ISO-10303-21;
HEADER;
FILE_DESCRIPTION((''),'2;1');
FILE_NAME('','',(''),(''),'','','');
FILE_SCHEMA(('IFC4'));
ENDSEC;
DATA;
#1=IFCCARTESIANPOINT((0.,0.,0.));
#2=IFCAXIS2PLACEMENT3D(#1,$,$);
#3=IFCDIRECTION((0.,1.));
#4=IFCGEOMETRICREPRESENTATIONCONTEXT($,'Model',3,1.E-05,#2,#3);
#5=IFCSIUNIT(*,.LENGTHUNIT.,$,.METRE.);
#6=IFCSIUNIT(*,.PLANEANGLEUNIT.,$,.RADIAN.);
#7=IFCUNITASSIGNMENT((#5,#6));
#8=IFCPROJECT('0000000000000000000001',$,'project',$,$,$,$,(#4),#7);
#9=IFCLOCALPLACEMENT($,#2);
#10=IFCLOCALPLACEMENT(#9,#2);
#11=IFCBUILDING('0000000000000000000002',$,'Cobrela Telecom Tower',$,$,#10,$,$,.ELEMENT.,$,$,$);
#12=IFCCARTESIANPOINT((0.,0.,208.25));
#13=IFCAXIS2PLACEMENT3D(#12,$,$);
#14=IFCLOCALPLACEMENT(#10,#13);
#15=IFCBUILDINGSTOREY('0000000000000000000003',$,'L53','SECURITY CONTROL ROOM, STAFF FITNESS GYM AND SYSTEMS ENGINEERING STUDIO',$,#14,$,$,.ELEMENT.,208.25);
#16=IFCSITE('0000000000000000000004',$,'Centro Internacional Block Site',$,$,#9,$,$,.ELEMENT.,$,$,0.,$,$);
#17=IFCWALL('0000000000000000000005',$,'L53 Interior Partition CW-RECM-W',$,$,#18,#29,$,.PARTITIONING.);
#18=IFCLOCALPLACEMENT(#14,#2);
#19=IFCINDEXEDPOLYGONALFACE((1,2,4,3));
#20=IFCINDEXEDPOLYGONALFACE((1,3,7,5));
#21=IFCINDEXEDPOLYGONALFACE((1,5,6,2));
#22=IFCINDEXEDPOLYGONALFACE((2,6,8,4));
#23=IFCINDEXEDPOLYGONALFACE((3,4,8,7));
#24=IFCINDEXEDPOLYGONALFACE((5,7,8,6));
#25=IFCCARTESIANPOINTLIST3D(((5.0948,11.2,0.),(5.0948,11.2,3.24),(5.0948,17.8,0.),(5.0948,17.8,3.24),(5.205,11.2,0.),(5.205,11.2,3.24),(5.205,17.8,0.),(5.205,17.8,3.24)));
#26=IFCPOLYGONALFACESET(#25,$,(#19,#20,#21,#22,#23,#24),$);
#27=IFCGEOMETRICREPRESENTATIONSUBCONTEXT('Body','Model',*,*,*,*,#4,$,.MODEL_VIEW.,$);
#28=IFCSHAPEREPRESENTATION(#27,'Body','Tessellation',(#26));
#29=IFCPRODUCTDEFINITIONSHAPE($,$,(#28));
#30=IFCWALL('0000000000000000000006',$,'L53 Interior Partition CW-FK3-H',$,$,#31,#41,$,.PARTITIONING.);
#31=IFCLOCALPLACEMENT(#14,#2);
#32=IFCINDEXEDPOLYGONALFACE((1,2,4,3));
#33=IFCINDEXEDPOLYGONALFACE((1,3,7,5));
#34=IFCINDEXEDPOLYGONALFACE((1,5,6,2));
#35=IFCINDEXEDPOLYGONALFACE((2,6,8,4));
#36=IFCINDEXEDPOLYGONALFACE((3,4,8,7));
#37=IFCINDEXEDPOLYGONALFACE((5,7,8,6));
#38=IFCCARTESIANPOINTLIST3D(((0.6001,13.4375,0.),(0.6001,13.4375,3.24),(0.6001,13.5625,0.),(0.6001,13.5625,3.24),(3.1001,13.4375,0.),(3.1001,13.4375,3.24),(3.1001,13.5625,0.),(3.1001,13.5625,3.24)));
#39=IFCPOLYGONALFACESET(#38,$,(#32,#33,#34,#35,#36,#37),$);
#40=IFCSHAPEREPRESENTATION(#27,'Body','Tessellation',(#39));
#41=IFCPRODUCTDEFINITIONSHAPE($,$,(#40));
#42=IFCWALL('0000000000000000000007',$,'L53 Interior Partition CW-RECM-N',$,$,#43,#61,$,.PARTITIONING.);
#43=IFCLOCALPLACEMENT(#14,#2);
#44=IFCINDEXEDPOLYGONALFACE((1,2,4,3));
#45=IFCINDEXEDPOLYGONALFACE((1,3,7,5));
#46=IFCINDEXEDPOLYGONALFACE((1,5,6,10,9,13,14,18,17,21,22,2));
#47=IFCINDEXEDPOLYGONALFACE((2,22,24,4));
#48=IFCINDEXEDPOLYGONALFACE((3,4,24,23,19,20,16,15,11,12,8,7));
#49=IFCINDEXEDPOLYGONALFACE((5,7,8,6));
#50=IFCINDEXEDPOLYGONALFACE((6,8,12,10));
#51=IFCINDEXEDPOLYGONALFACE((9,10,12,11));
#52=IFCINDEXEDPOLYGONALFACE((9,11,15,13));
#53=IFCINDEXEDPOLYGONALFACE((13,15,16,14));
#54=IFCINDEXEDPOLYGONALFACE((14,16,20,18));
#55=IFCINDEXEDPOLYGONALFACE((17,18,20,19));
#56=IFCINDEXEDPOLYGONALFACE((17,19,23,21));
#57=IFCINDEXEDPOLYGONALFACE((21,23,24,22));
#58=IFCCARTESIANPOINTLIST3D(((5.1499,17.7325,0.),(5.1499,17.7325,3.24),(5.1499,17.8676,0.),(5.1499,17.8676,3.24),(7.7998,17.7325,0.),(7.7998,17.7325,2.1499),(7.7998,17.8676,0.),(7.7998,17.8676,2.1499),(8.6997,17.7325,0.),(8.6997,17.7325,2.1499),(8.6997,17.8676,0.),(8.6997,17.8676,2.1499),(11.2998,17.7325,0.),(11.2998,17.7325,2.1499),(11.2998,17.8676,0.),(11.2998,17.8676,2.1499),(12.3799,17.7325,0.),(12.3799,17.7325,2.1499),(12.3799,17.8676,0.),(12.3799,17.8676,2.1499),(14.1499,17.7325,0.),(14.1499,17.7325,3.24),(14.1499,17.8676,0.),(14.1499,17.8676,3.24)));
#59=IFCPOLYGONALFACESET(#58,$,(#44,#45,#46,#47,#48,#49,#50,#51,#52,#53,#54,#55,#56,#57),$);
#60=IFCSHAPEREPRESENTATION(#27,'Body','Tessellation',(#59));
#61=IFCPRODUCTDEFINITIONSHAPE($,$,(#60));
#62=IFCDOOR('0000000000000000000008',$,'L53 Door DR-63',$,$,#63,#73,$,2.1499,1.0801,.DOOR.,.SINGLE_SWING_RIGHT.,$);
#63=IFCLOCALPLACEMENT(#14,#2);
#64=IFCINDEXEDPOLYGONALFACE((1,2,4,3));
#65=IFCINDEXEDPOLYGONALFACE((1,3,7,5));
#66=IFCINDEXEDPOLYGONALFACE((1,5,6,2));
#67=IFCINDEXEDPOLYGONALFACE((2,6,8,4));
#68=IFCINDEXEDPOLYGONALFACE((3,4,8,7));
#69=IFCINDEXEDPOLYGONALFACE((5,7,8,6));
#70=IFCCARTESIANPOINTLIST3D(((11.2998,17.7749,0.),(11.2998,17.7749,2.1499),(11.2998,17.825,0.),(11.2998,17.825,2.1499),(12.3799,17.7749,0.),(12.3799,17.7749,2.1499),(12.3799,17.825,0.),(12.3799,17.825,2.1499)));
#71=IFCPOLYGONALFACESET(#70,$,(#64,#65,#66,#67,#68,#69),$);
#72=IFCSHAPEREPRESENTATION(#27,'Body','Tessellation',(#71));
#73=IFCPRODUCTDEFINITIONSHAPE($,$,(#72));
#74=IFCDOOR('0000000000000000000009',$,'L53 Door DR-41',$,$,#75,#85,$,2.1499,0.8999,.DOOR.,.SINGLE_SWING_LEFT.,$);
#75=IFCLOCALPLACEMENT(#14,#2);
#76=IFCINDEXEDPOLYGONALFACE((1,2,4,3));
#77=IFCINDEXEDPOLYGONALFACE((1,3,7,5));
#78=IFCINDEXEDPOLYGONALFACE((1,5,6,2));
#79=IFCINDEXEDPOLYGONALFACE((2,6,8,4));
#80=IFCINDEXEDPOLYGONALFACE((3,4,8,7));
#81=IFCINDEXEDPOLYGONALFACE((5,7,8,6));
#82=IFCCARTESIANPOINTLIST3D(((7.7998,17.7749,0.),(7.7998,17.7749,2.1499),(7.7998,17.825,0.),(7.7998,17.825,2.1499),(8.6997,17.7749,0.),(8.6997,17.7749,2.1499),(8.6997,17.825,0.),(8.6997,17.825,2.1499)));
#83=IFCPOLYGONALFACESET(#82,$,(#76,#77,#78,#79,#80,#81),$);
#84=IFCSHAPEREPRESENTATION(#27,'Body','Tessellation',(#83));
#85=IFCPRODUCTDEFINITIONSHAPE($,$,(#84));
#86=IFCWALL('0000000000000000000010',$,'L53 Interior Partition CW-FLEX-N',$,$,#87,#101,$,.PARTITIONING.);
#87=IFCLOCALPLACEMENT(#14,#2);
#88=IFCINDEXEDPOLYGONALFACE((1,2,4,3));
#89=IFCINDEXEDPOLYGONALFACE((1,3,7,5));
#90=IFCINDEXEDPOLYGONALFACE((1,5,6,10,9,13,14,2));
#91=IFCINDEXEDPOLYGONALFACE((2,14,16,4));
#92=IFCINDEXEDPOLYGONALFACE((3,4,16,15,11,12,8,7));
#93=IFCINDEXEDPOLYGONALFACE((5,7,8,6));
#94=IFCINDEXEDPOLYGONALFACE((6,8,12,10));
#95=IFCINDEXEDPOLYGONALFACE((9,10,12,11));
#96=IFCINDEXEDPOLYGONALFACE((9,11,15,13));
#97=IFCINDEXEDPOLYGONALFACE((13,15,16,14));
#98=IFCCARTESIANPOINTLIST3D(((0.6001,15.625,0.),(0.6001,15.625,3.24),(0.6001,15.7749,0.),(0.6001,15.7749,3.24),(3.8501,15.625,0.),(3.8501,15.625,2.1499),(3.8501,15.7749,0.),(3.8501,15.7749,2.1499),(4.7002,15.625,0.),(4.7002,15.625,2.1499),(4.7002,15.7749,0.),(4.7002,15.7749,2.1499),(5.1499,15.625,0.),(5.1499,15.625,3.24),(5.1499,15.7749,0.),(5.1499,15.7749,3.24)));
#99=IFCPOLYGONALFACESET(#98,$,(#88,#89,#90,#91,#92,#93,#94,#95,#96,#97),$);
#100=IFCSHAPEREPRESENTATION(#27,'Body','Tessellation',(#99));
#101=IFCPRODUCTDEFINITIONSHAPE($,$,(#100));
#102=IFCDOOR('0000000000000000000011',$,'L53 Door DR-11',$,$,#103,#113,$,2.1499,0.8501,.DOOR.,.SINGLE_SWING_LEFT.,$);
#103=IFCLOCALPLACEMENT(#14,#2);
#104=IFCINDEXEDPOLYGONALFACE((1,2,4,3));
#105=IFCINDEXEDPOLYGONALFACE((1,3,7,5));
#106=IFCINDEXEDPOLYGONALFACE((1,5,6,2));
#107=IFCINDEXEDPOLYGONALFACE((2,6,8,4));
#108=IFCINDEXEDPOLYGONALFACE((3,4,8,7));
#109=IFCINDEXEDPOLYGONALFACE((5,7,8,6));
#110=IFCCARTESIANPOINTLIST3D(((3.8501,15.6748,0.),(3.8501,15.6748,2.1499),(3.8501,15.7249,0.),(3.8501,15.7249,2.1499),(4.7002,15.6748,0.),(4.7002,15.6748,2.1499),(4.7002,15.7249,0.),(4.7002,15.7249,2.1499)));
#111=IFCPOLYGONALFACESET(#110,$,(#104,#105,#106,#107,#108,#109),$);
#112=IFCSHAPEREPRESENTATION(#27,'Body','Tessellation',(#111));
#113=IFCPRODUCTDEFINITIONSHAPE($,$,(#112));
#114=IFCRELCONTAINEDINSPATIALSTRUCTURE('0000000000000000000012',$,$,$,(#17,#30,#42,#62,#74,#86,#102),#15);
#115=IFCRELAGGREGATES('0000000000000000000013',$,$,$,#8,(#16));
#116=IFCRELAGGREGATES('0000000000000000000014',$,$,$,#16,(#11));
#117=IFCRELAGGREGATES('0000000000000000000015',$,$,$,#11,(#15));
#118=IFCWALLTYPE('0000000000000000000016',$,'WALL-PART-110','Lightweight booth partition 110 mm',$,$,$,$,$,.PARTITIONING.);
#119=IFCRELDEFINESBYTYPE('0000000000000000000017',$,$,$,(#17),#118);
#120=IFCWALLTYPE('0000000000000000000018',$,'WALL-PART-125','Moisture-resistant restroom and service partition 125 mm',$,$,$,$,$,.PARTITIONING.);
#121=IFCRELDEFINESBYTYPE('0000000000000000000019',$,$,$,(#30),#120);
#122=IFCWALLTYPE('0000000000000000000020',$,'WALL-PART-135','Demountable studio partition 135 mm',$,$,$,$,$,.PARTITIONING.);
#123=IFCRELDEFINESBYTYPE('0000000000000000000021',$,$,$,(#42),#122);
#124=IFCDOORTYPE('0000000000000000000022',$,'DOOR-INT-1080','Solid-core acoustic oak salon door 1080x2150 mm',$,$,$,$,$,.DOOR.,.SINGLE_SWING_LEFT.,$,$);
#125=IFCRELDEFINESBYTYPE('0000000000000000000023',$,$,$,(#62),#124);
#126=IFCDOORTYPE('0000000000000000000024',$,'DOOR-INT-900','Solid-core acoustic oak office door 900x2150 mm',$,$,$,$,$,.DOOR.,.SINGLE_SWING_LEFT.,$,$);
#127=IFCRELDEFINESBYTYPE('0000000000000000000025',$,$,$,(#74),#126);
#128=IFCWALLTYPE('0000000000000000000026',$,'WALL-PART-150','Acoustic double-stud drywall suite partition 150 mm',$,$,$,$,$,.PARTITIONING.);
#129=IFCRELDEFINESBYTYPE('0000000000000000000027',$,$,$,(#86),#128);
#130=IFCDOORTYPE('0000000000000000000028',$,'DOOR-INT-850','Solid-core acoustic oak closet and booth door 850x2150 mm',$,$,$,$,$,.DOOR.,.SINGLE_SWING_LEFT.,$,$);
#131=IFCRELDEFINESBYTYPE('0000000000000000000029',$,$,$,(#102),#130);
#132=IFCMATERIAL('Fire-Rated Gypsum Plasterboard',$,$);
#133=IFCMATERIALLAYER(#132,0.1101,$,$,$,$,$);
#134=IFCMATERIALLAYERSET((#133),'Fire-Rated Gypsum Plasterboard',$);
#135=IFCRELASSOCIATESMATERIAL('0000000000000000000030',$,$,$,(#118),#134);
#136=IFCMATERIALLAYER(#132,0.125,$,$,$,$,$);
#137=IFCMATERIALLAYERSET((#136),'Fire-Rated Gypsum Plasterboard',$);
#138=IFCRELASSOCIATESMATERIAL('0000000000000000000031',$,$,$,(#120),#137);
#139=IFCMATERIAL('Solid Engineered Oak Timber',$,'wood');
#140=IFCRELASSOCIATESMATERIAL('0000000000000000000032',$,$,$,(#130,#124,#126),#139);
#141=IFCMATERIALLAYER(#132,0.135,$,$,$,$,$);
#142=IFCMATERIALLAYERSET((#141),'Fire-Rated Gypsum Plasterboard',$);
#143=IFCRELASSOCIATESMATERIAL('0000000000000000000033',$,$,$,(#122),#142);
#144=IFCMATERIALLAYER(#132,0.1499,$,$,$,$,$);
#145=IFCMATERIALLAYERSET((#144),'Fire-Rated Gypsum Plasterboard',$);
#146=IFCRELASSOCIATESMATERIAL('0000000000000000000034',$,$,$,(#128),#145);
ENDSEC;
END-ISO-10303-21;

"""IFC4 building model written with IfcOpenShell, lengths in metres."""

from ifc_helpers import new_model, si_unit, direction, frame, frame_2d, origin, place, context, subcontext, project, spatial, rectangle, extrude, material, layer, layer_set, type_object, element, fill, save


model = new_model("IFC4")

# Units and contexts
model_context = context("Model", 3, precision=1e-05, world=origin(), true_north=direction((0.0, 1.0)))
body_context = subcontext(model_context, "Body", "Model", "MODEL_VIEW")
ifc_project = project(units=[si_unit("LENGTHUNIT", "METRE"), si_unit("PLANEANGLEUNIT", "RADIAN")], contexts=[model_context])

# Site, building, storey
site_placement = place(None, origin())
site = spatial("IfcSite", under=ifc_project, at=site_placement, Name="Centro Internacional Block Site", CompositionType="ELEMENT", RefElevation=0.0)
building_placement = place(site_placement, origin())
building = spatial("IfcBuilding", under=site, at=building_placement, Name="Cobrela Telecom Tower", CompositionType="ELEMENT")
storey_placement = place(building_placement, frame((0.0, 0.0, 208.25)))
storey = spatial("IfcBuildingStorey", under=building, at=storey_placement, Name="L53", Description="SECURITY CONTROL ROOM, STAFF FITNESS GYM AND SYSTEMS ENGINEERING STUDIO", CompositionType="ELEMENT", Elevation=208.25)

# Walls
ifc_material_1 = material(Name="Fire-Rated Gypsum Plasterboard")
ifc_layer_1 = layer(ifc_material_1, 0.1101)
ifc_layer_set_1 = layer_set([ifc_layer_1], Name="Fire-Rated Gypsum Plasterboard")
wall_type_1 = type_object("IfcWallType", Name="WALL-PART-110", Description="Lightweight booth partition 110 mm", PredefinedType="PARTITIONING", material=ifc_layer_set_1)
wall_1_placement = place(storey_placement, frame((5.1499, 11.2, 0.0), z_axis=(0.0, 0.0, 1.0), x_axis=(0.0, 1.0, 0.0)))
element("IfcWall", 1, at=wall_1_placement, inside=storey, type_object=wall_type_1, Name="L53 Interior Partition CW-RECM-W", PredefinedType="PARTITIONING", context=body_context, shape_type="SweptSolid", body=[
    extrude(rectangle(XDim=6.6001, YDim=0.1101, at=frame_2d((3.3, 0.0))), origin(), (0.0, 0.0, 1.0), 3.24),
])
ifc_layer_2 = layer(ifc_material_1, 0.125)
ifc_layer_set_2 = layer_set([ifc_layer_2], Name="Fire-Rated Gypsum Plasterboard")
wall_type_2 = type_object("IfcWallType", Name="WALL-PART-125", Description="Moisture-resistant restroom and service partition 125 mm", PredefinedType="PARTITIONING", material=ifc_layer_set_2)
wall_2_placement = place(storey_placement, frame((0.6001, 13.5, 0.0), z_axis=(0.0, 0.0, 1.0), x_axis=(1.0, 0.0, 0.0)))
element("IfcWall", 2, at=wall_2_placement, inside=storey, type_object=wall_type_2, Name="L53 Interior Partition CW-FK3-H", PredefinedType="PARTITIONING", context=body_context, shape_type="SweptSolid", body=[
    extrude(rectangle(XDim=2.5, YDim=0.125, at=frame_2d((1.25, 0.0))), origin(), (0.0, 0.0, 1.0), 3.24),
])

# Wall, openings, doors
ifc_material_2 = material(Name="Solid Engineered Oak Timber", Category="wood")
door_type_1 = type_object("IfcDoorType", Name="DOOR-INT-850", Description="Solid-core acoustic oak closet and booth door 850x2150 mm", OperationType="SINGLE_SWING_LEFT", PredefinedType="DOOR", material=ifc_material_2)
ifc_layer_3 = layer(ifc_material_1, 0.135)
ifc_layer_set_3 = layer_set([ifc_layer_3], Name="Fire-Rated Gypsum Plasterboard")
wall_type_3 = type_object("IfcWallType", Name="WALL-PART-135", Description="Demountable studio partition 135 mm", PredefinedType="PARTITIONING", material=ifc_layer_set_3)
wall_3_placement = place(storey_placement, frame((5.1499, 17.8, 0.0), z_axis=(0.0, 0.0, 1.0), x_axis=(1.0, 0.0, 0.0)))
wall_3 = element("IfcWall", 3, at=wall_3_placement, inside=storey, type_object=wall_type_3, Name="L53 Interior Partition CW-RECM-N", PredefinedType="PARTITIONING", context=body_context, shape_type="SweptSolid", body=[
    extrude(rectangle(XDim=9.0, YDim=0.135, at=frame_2d((4.5, 0.0))), origin(), (0.0, 0.0, 1.0), 3.24),
])
opening_1_placement = place(wall_3_placement, frame((2.6499, 0.0, 0.0)))
opening_1 = element("IfcOpeningElement", 4, at=opening_1_placement, cuts=wall_3, PredefinedType="OPENING", context=body_context, shape_type="SweptSolid", body=[
    extrude(rectangle(XDim=0.8999, YDim=2.1499, at=frame_2d((0.45, 1.075))), frame((0.0, 0.0796, 0.0), z_axis=(0.0, -1.0, 0.0), x_axis=(1.0, 0.0, 0.0)), (0.0, 0.0, 1.0), 0.1589),
])
opening_2_placement = place(wall_3_placement, frame((6.1499, 0.0, 0.0)))
opening_2 = element("IfcOpeningElement", 5, at=opening_2_placement, cuts=wall_3, PredefinedType="OPENING", context=body_context, shape_type="SweptSolid", body=[
    extrude(rectangle(XDim=1.0801, YDim=2.1499, at=frame_2d((0.54, 1.075))), frame((0.0, 0.0796, 0.0), z_axis=(0.0, -1.0, 0.0), x_axis=(1.0, 0.0, 0.0)), (0.0, 0.0, 1.0), 0.1589),
])
door_type_2 = type_object("IfcDoorType", Name="DOOR-INT-1080", Description="Solid-core acoustic oak salon door 1080x2150 mm", OperationType="SINGLE_SWING_LEFT", PredefinedType="DOOR", material=ifc_material_2)
door_1_placement = place(opening_2_placement, origin())
door_1 = element("IfcDoor", 6, at=door_1_placement, inside=storey, type_object=door_type_2, Name="L53 Door DR-63", OperationType="SINGLE_SWING_RIGHT", OverallHeight=2.1499, OverallWidth=1.0801, PredefinedType="DOOR", context=body_context, shape_type="SweptSolid", body=[
    extrude(rectangle(XDim=1.0801, YDim=2.1499, at=frame_2d((0.54, 1.075))), frame((0.0, 0.0249, 0.0), z_axis=(0.0, -1.0, 0.0), x_axis=(1.0, 0.0, 0.0)), (0.0, 0.0, 1.0), 0.05),
])
fill(opening_2, door_1)
door_type_3 = type_object("IfcDoorType", Name="DOOR-INT-900", Description="Solid-core acoustic oak office door 900x2150 mm", OperationType="SINGLE_SWING_LEFT", PredefinedType="DOOR", material=ifc_material_2)
door_2_placement = place(opening_1_placement, origin())
door_2 = element("IfcDoor", 7, at=door_2_placement, inside=storey, type_object=door_type_3, Name="L53 Door DR-41", OperationType="SINGLE_SWING_LEFT", OverallHeight=2.1499, OverallWidth=0.8999, PredefinedType="DOOR", context=body_context, shape_type="SweptSolid", body=[
    extrude(rectangle(XDim=0.8999, YDim=2.1499, at=frame_2d((0.45, 1.075))), frame((0.0, 0.0249, 0.0), z_axis=(0.0, -1.0, 0.0), x_axis=(1.0, 0.0, 0.0)), (0.0, 0.0, 1.0), 0.05),
])
fill(opening_1, door_2)

# Wall, opening, door
ifc_layer_4 = layer(ifc_material_1, 0.1499)
ifc_layer_set_4 = layer_set([ifc_layer_4], Name="Fire-Rated Gypsum Plasterboard")
wall_type_4 = type_object("IfcWallType", Name="WALL-PART-150", Description="Acoustic double-stud drywall suite partition 150 mm", PredefinedType="PARTITIONING", material=ifc_layer_set_4)
wall_4_placement = place(storey_placement, frame((0.6001, 15.7, 0.0), z_axis=(0.0, 0.0, 1.0), x_axis=(1.0, 0.0, 0.0)))
wall_4 = element("IfcWall", 8, at=wall_4_placement, inside=storey, type_object=wall_type_4, Name="L53 Interior Partition CW-FLEX-N", PredefinedType="PARTITIONING", context=body_context, shape_type="SweptSolid", body=[
    extrude(rectangle(XDim=4.5498, YDim=0.1499, at=frame_2d((2.2749, 0.0))), origin(), (0.0, 0.0, 1.0), 3.24),
])
opening_3_placement = place(wall_4_placement, frame((3.25, 0.0, 0.0)))
opening_3 = element("IfcOpeningElement", 9, at=opening_3_placement, cuts=wall_4, PredefinedType="OPENING", context=body_context, shape_type="SweptSolid", body=[
    extrude(rectangle(XDim=0.8501, YDim=2.1499, at=frame_2d((0.425, 1.075))), frame((0.0, 0.0869, 0.0), z_axis=(0.0, -1.0, 0.0), x_axis=(1.0, 0.0, 0.0)), (0.0, 0.0, 1.0), 0.1738),
])
door_3_placement = place(opening_3_placement, origin())
door_3 = element("IfcDoor", 10, at=door_3_placement, inside=storey, type_object=door_type_1, Name="L53 Door DR-11", OperationType="SINGLE_SWING_LEFT", OverallHeight=2.1499, OverallWidth=0.8501, PredefinedType="DOOR", context=body_context, shape_type="SweptSolid", body=[
    extrude(rectangle(XDim=0.8501, YDim=2.1499, at=frame_2d((0.425, 1.075))), frame((0.0, 0.0249, 0.0), z_axis=(0.0, -1.0, 0.0), x_axis=(1.0, 0.0, 0.0)), (0.0, 0.0, 1.0), 0.05),
])
fill(opening_3, door_3)

save(model, "model.ifc")
